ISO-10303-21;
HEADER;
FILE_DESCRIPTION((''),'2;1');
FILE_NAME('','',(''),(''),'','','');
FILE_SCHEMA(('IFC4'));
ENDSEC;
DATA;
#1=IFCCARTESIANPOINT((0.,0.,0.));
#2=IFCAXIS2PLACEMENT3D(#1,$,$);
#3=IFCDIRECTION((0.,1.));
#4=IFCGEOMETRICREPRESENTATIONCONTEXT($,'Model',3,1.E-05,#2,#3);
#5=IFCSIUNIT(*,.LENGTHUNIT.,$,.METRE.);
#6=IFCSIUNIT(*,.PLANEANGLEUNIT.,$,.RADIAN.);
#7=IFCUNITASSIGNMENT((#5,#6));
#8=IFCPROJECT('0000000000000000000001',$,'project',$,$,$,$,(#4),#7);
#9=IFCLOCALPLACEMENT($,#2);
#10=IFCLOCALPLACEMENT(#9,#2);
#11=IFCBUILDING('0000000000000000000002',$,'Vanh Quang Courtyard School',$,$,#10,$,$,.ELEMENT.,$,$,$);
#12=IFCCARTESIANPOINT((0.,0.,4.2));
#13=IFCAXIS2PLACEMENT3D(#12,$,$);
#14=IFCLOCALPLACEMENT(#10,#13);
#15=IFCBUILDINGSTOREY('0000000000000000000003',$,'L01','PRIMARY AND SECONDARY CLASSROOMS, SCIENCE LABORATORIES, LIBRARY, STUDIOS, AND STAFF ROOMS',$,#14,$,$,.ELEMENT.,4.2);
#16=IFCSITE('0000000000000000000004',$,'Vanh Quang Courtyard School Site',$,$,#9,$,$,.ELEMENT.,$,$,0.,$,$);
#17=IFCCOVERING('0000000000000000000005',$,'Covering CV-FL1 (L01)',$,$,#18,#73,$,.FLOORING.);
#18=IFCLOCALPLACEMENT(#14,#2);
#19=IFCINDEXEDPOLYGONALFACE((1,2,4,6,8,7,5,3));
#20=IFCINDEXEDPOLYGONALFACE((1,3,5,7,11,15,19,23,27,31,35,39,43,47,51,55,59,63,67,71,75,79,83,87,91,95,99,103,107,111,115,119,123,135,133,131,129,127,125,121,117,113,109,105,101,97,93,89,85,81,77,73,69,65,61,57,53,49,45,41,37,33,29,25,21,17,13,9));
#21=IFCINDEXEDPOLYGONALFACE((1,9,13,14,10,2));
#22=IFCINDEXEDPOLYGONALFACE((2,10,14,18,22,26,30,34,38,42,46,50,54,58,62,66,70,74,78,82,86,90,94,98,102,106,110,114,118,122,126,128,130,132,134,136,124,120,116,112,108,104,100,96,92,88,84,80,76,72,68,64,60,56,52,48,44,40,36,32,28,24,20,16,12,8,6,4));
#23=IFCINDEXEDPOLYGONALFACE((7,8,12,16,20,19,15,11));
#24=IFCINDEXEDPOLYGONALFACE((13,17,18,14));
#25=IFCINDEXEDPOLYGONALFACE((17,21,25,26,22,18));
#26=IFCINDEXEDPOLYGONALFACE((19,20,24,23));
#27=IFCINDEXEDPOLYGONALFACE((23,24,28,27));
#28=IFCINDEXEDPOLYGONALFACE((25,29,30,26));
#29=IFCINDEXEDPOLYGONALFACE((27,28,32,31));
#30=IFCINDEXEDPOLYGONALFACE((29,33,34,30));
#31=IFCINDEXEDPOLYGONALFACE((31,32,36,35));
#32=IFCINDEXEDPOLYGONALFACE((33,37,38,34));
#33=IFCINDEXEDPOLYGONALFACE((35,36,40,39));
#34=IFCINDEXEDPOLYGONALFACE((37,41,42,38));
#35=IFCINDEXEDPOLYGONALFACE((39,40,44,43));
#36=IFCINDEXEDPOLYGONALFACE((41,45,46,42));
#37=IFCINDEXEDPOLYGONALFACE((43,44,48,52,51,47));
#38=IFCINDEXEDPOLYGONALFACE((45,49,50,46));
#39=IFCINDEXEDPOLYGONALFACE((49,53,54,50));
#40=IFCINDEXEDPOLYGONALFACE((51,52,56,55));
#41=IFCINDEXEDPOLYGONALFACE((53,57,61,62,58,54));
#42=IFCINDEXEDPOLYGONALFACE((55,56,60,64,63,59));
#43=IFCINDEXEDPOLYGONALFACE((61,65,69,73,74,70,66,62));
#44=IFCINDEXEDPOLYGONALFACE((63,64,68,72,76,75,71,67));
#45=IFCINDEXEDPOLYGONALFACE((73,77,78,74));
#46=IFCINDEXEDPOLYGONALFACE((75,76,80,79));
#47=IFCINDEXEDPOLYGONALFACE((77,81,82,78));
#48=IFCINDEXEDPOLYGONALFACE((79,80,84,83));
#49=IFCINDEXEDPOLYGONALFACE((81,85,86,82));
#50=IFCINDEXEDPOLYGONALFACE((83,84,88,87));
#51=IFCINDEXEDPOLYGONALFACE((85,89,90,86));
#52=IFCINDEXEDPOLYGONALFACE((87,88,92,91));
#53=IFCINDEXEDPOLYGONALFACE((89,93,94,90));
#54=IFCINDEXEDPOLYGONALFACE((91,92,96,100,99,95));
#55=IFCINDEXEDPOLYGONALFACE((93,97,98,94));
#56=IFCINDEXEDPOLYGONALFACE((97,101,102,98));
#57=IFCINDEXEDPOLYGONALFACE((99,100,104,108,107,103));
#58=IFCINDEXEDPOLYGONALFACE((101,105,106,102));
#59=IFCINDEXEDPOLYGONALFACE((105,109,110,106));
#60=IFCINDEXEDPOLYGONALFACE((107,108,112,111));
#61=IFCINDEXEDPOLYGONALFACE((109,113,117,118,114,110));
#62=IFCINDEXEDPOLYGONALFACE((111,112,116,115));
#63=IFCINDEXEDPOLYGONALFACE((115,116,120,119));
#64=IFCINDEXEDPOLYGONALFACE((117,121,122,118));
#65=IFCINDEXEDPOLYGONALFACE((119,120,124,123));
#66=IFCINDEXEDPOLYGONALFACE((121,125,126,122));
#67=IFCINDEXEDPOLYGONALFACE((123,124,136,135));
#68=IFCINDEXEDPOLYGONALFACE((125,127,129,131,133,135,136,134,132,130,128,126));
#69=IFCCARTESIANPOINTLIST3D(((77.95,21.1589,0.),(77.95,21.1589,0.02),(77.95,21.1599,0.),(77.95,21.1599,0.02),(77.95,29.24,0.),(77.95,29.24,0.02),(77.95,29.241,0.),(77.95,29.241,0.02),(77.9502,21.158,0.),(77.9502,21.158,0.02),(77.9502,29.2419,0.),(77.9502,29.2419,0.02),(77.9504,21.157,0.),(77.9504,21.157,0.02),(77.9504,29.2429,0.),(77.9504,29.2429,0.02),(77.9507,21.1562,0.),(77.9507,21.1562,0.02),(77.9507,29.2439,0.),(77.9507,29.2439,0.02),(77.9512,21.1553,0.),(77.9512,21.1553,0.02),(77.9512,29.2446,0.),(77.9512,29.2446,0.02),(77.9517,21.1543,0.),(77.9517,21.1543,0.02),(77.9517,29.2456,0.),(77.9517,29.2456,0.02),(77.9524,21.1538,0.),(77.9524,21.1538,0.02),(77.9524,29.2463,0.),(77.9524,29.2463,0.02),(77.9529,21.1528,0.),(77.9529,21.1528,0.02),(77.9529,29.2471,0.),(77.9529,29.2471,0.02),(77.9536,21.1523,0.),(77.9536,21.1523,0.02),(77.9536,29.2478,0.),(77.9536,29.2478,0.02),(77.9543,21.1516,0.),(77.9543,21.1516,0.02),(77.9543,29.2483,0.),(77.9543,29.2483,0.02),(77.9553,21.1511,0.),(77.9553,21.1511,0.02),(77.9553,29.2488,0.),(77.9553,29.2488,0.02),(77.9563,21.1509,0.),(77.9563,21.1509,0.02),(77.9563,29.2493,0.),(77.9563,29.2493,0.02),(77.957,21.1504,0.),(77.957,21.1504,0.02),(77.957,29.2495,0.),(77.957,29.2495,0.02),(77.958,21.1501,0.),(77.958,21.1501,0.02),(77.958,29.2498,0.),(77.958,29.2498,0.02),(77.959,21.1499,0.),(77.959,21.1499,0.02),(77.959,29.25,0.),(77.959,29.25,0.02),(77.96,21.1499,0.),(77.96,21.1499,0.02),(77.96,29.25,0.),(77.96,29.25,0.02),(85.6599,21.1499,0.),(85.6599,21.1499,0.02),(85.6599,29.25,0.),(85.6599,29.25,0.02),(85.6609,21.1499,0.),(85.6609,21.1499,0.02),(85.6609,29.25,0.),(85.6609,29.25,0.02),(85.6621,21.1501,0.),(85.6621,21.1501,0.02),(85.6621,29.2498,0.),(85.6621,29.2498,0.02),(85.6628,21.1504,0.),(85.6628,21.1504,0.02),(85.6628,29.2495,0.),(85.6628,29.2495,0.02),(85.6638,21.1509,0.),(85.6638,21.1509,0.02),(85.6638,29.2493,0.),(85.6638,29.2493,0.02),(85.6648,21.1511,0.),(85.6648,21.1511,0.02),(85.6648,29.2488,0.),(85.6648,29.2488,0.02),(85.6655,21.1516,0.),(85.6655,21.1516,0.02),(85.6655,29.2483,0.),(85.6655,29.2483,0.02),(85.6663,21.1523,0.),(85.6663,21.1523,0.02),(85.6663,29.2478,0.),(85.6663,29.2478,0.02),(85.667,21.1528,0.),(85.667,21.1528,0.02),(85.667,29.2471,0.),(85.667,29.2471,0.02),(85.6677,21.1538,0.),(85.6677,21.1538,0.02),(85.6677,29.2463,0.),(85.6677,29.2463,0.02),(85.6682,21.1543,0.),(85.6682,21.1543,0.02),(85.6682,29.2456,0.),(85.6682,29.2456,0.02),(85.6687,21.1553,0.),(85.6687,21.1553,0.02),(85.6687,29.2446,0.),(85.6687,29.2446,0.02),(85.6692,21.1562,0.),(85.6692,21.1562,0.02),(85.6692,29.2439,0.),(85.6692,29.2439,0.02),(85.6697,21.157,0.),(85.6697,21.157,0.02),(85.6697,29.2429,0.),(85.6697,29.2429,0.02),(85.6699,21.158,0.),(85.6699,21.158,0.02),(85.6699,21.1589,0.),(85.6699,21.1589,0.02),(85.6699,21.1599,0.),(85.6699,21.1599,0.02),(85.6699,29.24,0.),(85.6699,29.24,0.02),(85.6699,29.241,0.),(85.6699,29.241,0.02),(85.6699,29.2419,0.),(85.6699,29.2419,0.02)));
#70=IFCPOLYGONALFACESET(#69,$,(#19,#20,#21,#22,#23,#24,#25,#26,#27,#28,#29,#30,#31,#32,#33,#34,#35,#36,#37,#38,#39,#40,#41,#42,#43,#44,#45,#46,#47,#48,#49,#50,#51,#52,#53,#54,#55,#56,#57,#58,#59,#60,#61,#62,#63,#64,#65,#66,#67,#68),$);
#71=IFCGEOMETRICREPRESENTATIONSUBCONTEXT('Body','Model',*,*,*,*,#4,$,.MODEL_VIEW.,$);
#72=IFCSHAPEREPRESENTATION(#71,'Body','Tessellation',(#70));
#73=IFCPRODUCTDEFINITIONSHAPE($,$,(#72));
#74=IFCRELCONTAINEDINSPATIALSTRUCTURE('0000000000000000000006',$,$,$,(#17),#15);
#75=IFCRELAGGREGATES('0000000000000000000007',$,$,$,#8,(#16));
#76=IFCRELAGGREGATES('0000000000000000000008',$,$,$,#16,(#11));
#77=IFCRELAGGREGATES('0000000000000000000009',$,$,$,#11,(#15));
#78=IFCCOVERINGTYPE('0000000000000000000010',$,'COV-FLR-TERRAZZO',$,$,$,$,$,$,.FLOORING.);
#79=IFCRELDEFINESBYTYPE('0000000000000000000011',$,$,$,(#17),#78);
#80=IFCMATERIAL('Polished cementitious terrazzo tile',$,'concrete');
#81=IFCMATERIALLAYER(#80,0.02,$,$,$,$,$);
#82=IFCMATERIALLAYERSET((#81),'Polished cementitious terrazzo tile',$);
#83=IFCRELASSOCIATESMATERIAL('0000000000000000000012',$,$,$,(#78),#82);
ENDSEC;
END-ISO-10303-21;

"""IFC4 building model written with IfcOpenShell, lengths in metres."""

from ifc_helpers import new_model, si_unit, direction, frame, origin, place, context, subcontext, project, spatial, polyline, outline, extrude, material, layer, layer_set, type_object, element, save


model = new_model("IFC4")

# Units and contexts
model_context = context("Model", 3, precision=1e-05, world=origin(), true_north=direction((0.0, 1.0)))
body_context = subcontext(model_context, "Body", "Model", "MODEL_VIEW")
ifc_project = project(units=[si_unit("LENGTHUNIT", "METRE"), si_unit("PLANEANGLEUNIT", "RADIAN")], contexts=[model_context])

# Site, building, storey
site_placement = place(None, origin())
site = spatial("IfcSite", under=ifc_project, at=site_placement, Name="Vanh Quang Courtyard School Site", CompositionType="ELEMENT", RefElevation=0.0)
building_placement = place(site_placement, origin())
building = spatial("IfcBuilding", under=site, at=building_placement, Name="Vanh Quang Courtyard School", CompositionType="ELEMENT")
storey_placement = place(building_placement, frame((0.0, 0.0, 4.2)))
storey = spatial("IfcBuildingStorey", under=building, at=storey_placement, Name="L01", Description="PRIMARY AND SECONDARY CLASSROOMS, SCIENCE LABORATORIES, LIBRARY, STUDIOS, AND STAFF ROOMS", CompositionType="ELEMENT", Elevation=4.2)

# Covering
ifc_material_1 = material(Name="Polished cementitious terrazzo tile", Category="concrete")
ifc_layer_1 = layer(ifc_material_1, 0.02)
ifc_layer_set_1 = layer_set([ifc_layer_1], Name="Polished cementitious terrazzo tile")
covering_type_1 = type_object("IfcCoveringType", Name="COV-FLR-TERRAZZO", PredefinedType="FLOORING", material=ifc_layer_set_1)
covering_1_placement = place(storey_placement, origin())
element("IfcCovering", 1, at=covering_1_placement, inside=storey, type_object=covering_type_1, Name="Covering CV-FL1 (L01)", PredefinedType="FLOORING", context=body_context, shape_type="SweptSolid", body=[
    extrude(outline(polyline([(77.96, 21.1499), (77.959, 21.1499), (77.958, 21.1501), (77.957, 21.1504), (77.9563, 21.1509), (77.9553, 21.1511), (77.9543, 21.1516), (77.9536, 21.1523), (77.9529, 21.1528), (77.9524, 21.1538), (77.9517, 21.1543), (77.9512, 21.1553), (77.9507, 21.1562), (77.9504, 21.157), (77.9502, 21.158), (77.95, 21.1589), (77.95, 21.1599), (77.95, 29.24), (77.95, 29.241), (77.9502, 29.2419), (77.9504, 29.2429), (77.9507, 29.2439), (77.9512, 29.2446), (77.9517, 29.2456), (77.9524, 29.2463), (77.9529, 29.2471), (77.9536, 29.2478), (77.9543, 29.2483), (77.9553, 29.2488), (77.9563, 29.2493), (77.957, 29.2495), (77.958, 29.2498), (77.959, 29.25), (77.96, 29.25), (85.6599, 29.25), (85.6609, 29.25), (85.6621, 29.2498), (85.6628, 29.2495), (85.6638, 29.2493), (85.6648, 29.2488), (85.6655, 29.2483), (85.6663, 29.2478), (85.667, 29.2471), (85.6677, 29.2463), (85.6682, 29.2456), (85.6687, 29.2446), (85.6692, 29.2439), (85.6697, 29.2429), (85.6699, 29.2419), (85.6699, 29.241), (85.6699, 29.24), (85.6699, 21.1599), (85.6699, 21.1589), (85.6699, 21.158), (85.6697, 21.157), (85.6692, 21.1562), (85.6687, 21.1553), (85.6682, 21.1543), (85.6677, 21.1538), (85.667, 21.1528), (85.6663, 21.1523), (85.6655, 21.1516), (85.6648, 21.1511), (85.6638, 21.1509), (85.6628, 21.1504), (85.6621, 21.1501), (85.6609, 21.1499), (85.6599, 21.1499), (77.96, 21.1499)])), origin(), (0.0, 0.0, 1.0), 0.02),
])

save(model, "model.ifc")
